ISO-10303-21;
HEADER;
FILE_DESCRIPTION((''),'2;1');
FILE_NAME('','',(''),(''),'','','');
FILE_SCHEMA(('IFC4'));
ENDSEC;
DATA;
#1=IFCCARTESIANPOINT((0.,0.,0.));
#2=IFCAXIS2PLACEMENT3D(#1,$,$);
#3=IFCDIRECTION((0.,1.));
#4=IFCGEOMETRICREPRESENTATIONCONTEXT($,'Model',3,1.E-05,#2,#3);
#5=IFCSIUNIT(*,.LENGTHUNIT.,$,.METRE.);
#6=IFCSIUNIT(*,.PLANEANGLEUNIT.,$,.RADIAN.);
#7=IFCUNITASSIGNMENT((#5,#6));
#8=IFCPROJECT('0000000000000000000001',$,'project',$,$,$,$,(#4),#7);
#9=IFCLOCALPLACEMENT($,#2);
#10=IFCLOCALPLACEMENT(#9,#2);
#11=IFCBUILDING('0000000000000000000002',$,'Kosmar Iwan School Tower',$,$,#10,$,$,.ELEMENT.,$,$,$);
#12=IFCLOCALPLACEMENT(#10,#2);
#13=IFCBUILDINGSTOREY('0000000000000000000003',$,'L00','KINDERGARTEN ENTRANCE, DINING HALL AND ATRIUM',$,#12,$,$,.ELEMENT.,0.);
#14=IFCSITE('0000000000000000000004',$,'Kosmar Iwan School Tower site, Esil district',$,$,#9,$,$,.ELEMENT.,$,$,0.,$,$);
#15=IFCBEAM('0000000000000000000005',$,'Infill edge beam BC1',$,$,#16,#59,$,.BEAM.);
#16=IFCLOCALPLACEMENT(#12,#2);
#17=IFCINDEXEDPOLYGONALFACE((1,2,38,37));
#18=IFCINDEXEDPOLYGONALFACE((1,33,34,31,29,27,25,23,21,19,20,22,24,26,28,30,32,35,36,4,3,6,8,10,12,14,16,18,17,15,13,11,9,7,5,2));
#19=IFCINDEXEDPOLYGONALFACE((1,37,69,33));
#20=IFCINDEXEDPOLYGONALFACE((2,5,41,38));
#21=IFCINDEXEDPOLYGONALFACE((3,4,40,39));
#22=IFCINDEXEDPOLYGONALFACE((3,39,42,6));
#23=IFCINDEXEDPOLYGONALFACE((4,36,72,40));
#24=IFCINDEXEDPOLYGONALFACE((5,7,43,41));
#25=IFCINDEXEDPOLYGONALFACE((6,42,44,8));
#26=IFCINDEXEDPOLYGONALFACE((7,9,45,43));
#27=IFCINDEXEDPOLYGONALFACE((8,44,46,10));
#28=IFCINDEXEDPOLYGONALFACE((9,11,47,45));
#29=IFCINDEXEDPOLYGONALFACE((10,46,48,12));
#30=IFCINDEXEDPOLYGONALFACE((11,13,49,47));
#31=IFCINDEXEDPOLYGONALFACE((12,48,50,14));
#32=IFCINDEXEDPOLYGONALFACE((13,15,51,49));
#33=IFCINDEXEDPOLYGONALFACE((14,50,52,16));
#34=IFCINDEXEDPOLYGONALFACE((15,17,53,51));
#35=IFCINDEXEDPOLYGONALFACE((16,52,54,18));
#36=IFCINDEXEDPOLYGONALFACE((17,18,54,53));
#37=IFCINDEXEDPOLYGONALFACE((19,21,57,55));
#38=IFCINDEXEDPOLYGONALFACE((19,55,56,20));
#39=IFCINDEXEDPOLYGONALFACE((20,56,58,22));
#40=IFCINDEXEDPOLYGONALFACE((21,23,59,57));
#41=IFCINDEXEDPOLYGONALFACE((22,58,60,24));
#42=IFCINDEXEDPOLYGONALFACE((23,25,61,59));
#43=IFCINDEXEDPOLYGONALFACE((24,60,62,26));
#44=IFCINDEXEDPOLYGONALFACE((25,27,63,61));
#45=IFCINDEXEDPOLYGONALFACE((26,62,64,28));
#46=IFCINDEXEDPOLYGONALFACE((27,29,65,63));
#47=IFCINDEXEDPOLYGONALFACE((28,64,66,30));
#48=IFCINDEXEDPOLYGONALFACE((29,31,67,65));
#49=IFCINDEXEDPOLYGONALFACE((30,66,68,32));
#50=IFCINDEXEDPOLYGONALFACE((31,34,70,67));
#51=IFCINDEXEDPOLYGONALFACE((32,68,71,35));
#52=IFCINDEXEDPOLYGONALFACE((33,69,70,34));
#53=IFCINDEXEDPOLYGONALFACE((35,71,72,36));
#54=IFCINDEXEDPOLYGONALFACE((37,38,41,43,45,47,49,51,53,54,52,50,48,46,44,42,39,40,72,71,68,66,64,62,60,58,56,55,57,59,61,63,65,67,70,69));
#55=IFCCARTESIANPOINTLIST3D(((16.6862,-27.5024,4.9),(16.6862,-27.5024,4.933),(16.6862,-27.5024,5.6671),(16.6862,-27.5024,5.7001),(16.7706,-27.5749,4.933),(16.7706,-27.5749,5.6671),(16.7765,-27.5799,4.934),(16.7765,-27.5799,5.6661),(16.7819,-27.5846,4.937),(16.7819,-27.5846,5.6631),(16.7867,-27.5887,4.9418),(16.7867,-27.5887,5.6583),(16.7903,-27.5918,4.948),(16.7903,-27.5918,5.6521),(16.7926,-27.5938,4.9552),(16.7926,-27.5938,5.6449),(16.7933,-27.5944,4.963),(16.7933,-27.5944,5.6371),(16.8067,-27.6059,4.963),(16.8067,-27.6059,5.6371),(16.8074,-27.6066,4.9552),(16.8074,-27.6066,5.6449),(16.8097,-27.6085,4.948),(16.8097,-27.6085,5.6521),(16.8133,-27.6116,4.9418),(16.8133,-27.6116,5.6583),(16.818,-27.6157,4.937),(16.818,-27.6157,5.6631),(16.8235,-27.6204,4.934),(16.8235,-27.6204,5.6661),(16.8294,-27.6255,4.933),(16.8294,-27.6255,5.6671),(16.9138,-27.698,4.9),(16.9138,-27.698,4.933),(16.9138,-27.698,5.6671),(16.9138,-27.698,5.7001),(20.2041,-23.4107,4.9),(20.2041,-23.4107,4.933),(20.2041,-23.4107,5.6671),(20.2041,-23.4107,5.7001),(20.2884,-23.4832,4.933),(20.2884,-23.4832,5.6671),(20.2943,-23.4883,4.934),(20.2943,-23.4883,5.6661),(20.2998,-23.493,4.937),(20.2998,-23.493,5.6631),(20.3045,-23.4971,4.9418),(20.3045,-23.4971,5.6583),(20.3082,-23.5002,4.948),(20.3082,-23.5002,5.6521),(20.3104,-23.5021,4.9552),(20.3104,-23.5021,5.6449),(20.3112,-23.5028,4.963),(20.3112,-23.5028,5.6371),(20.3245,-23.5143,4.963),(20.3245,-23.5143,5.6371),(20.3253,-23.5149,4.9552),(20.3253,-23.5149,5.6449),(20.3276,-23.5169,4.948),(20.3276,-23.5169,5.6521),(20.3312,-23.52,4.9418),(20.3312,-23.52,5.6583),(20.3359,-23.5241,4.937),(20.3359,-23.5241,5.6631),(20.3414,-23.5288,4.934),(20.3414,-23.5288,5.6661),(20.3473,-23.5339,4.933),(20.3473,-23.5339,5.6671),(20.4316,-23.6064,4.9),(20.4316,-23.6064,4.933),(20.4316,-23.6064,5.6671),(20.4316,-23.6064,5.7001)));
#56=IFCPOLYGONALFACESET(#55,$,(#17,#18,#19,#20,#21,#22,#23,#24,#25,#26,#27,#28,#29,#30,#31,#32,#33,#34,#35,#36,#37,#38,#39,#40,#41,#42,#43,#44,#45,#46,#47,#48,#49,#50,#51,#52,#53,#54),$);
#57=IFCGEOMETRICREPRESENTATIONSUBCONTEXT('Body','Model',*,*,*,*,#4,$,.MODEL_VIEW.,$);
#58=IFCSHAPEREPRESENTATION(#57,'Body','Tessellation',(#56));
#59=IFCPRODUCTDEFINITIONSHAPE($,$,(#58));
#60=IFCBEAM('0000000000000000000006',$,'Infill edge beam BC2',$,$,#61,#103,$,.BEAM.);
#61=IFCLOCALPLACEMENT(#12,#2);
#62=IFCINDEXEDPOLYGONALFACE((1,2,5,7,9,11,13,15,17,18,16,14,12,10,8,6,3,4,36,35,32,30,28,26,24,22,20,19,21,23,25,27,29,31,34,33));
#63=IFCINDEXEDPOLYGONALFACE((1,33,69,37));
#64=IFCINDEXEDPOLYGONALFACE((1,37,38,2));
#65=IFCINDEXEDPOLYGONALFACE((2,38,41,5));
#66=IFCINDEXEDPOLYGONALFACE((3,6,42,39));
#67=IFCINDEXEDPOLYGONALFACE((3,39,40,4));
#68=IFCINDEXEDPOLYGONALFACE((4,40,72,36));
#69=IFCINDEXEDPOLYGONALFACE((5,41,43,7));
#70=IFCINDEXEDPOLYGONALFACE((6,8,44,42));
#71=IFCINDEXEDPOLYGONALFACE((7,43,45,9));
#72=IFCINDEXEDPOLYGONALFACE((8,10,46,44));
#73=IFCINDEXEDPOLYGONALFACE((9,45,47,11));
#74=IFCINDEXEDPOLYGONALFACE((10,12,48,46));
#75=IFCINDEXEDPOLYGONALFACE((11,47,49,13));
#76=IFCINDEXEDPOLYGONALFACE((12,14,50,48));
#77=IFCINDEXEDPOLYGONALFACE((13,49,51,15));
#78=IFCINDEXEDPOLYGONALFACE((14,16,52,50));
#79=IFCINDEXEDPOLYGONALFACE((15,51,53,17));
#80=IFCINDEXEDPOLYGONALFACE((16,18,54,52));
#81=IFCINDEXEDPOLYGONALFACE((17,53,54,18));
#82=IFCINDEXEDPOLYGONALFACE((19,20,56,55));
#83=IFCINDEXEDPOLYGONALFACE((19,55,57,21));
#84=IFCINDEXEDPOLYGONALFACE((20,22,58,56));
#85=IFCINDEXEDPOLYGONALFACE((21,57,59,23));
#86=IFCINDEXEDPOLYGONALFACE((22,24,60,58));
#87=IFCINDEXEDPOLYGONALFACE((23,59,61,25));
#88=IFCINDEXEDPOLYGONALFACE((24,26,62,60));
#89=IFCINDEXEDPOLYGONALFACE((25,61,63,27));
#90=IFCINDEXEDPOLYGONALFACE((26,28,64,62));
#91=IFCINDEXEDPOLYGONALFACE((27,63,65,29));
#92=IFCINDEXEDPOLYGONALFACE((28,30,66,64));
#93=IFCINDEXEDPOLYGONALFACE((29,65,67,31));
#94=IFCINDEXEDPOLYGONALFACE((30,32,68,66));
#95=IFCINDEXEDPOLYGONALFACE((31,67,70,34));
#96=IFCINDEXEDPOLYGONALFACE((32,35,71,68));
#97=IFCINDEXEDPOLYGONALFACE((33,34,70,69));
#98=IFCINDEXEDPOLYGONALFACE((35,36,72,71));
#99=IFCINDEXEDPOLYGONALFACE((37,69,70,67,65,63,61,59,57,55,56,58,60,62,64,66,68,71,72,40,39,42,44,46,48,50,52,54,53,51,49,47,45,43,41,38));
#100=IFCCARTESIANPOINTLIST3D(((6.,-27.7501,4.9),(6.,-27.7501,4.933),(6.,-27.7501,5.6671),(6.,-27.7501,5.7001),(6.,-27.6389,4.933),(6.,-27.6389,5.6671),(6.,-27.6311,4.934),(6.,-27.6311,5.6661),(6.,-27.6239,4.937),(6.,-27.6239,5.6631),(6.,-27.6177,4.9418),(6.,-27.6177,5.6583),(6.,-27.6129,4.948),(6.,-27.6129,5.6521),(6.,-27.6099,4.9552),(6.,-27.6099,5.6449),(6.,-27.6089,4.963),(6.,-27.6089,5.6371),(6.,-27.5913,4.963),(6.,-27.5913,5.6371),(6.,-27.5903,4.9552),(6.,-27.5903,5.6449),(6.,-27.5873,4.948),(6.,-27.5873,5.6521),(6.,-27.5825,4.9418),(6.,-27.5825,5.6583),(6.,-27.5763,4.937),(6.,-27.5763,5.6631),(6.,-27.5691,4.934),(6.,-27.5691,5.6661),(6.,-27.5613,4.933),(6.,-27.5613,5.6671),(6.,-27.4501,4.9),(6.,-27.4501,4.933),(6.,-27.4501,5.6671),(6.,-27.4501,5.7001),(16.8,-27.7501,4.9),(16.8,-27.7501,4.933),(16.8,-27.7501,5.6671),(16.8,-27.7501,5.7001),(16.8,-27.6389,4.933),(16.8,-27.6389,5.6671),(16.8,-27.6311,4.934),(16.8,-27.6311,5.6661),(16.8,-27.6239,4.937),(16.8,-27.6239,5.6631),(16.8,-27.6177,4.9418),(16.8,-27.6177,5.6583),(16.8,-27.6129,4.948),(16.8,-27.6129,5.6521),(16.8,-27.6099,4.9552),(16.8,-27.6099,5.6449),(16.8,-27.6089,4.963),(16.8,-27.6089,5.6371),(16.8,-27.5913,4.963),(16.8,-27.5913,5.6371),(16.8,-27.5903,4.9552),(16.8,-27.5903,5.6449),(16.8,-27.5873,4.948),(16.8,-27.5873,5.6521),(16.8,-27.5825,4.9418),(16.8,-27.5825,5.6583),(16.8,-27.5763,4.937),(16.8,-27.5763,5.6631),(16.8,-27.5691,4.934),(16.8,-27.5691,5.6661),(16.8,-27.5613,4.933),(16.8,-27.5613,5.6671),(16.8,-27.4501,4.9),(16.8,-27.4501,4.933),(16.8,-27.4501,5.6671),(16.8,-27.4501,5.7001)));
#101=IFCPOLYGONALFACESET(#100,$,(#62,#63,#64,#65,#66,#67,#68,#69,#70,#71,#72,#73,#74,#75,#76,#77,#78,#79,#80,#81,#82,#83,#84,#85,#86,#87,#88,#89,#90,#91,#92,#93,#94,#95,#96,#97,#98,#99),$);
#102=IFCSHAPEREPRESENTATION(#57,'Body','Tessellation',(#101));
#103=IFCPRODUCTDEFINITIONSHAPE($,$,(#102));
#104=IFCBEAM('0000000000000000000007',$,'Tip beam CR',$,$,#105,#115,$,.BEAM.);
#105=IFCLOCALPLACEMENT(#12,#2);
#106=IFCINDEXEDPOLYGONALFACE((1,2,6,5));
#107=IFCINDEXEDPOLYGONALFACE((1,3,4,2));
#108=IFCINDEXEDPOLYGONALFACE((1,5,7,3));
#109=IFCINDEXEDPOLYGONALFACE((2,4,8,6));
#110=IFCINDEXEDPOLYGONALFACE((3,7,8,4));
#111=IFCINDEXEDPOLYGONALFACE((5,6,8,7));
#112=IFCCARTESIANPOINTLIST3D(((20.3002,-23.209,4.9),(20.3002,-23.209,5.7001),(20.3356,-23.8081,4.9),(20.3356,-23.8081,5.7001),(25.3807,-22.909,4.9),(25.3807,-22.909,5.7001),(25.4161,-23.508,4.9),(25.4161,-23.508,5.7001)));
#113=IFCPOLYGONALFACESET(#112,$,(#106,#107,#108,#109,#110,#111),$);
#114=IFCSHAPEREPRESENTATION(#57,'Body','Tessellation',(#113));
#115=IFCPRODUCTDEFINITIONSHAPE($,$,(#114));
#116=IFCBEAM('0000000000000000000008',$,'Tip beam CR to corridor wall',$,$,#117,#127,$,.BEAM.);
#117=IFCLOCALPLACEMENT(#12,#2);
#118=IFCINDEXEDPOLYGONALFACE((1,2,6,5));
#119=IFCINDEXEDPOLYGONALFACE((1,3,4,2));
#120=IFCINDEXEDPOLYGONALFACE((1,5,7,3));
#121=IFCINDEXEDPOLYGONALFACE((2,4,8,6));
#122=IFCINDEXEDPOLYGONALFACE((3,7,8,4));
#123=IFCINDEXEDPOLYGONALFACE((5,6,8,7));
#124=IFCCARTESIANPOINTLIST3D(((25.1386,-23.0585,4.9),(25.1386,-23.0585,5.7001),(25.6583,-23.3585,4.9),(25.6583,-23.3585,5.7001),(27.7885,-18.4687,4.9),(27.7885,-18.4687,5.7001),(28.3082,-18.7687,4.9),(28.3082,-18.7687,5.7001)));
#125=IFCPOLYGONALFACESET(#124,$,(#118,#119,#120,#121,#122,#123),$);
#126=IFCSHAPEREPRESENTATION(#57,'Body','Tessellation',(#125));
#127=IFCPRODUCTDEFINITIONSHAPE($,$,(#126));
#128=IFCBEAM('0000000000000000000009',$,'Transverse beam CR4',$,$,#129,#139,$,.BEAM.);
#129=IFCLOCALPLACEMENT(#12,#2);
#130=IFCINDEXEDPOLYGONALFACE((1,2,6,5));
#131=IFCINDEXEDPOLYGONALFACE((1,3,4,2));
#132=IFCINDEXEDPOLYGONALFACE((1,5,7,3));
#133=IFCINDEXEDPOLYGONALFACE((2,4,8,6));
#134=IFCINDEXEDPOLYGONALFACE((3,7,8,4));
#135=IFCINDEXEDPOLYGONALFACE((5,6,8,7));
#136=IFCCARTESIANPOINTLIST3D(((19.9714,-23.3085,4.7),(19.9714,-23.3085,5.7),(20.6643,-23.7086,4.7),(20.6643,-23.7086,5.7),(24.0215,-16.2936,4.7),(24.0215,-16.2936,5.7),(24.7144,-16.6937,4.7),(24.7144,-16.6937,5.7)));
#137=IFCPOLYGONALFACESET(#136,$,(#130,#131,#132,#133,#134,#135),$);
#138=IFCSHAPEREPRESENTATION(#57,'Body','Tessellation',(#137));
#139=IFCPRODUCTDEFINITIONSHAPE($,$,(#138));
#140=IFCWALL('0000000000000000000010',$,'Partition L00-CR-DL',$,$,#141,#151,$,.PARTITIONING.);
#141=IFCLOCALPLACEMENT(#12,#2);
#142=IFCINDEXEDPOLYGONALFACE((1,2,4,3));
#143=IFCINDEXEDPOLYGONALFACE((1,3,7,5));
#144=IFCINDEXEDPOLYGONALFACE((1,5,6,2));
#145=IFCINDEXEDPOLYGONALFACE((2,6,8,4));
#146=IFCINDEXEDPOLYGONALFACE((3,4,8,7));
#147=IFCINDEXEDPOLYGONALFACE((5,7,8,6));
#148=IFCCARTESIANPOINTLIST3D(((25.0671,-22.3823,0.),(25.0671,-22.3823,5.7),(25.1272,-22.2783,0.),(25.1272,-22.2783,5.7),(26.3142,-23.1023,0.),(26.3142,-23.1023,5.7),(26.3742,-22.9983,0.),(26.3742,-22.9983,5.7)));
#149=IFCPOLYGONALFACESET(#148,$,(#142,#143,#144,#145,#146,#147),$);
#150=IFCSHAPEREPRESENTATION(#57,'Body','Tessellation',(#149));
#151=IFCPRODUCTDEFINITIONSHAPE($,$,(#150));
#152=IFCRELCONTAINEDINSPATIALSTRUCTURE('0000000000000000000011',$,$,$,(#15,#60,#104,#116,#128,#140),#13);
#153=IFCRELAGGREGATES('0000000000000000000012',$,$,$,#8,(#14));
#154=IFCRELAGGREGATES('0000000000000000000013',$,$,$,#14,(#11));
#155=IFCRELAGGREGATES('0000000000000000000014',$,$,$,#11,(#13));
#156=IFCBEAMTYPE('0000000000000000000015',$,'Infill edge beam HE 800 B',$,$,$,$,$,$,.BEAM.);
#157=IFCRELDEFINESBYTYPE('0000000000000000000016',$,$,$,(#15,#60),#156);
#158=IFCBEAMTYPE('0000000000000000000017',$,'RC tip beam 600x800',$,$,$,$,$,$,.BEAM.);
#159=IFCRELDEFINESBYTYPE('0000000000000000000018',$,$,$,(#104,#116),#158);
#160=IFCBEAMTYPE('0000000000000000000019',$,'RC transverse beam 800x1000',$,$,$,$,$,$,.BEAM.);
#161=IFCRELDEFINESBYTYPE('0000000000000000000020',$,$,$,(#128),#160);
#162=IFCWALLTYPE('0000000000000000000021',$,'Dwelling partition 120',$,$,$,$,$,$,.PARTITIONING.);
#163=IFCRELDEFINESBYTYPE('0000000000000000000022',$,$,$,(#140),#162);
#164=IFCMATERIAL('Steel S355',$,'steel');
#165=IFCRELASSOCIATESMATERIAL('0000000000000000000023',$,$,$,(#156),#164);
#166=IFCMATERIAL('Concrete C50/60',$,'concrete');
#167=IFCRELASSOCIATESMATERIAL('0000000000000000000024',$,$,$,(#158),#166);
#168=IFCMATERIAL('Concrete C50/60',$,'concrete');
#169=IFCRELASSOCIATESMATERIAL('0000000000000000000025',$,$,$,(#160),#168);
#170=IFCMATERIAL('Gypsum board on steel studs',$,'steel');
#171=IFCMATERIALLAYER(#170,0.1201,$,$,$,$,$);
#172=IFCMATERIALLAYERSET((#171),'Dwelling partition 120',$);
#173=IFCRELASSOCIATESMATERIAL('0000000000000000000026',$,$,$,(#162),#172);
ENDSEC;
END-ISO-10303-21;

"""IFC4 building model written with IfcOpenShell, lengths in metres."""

from ifc_helpers import new_model, si_unit, direction, frame, frame_2d, origin, origin_2d, place, context, subcontext, project, spatial, rectangle, i_section, extrude, material, layer, layer_set, material_profile, profile_set, type_object, element, save


model = new_model("IFC4")

# Units and contexts
model_context = context("Model", 3, precision=1e-05, world=origin(), true_north=direction((0.0, 1.0)))
body_context = subcontext(model_context, "Body", "Model", "MODEL_VIEW")
ifc_project = project(units=[si_unit("LENGTHUNIT", "METRE"), si_unit("PLANEANGLEUNIT", "RADIAN")], contexts=[model_context])

# Site, building, storey
site_placement = place(None, origin())
site = spatial("IfcSite", under=ifc_project, at=site_placement, Name="Kosmar Iwan School Tower site, Esil district", CompositionType="ELEMENT", RefElevation=0.0)
building_placement = place(site_placement, origin())
building = spatial("IfcBuilding", under=site, at=building_placement, Name="Kosmar Iwan School Tower", CompositionType="ELEMENT")
storey_placement = place(building_placement, origin())
storey = spatial("IfcBuildingStorey", under=building, at=storey_placement, Name="L00", Description="KINDERGARTEN ENTRANCE, DINING HALL AND ATRIUM", CompositionType="ELEMENT", Elevation=0.0)

# Beams
ifc_material_1 = material(Name="Steel S355", Category="steel")
ifc_material_profile_1 = material_profile(ifc_material_1, i_section(OverallWidth=0.3, OverallDepth=0.8, WebThickness=0.0176, FlangeThickness=0.033, FilletRadius=0.03, at=origin_2d()), Name="HE 800 B")
ifc_profile_set_1 = profile_set([ifc_material_profile_1], Name="Steel S355")
beam_type_1 = type_object("IfcBeamType", Name="Infill edge beam HE 800 B", PredefinedType="BEAM", material=ifc_profile_set_1)
beam_1_placement = place(storey_placement, frame((20.3179, -23.5085, 5.3), z_axis=(-0.651942, -0.758269, 0.0), x_axis=(0.758269, -0.651942, 0.0)))
element("IfcBeam", 1, at=beam_1_placement, inside=storey, type_object=beam_type_1, Name="Infill edge beam BC1", PredefinedType="BEAM", context=body_context, shape_type="SweptSolid", body=[
    extrude(i_section(OverallWidth=0.3, OverallDepth=0.8, WebThickness=0.0176, FlangeThickness=0.033, FilletRadius=0.03, at=origin_2d()), origin(), (0.0, 0.0, 1.0), 5.396),
])
beam_2_placement = place(storey_placement, frame((16.8, -27.6001, 5.3), z_axis=(-1.0, 0.0, 0.0), x_axis=(0.0, -1.0, 0.0)))
element("IfcBeam", 2, at=beam_2_placement, inside=storey, type_object=beam_type_1, Name="Infill edge beam BC2", PredefinedType="BEAM", context=body_context, shape_type="SweptSolid", body=[
    extrude(i_section(OverallWidth=0.3, OverallDepth=0.8, WebThickness=0.0176, FlangeThickness=0.033, FilletRadius=0.03, at=origin_2d()), origin(), (0.0, 0.0, 1.0), 10.8),
])
ifc_material_2 = material(Name="Concrete C50/60", Category="concrete")
ifc_material_profile_2 = material_profile(ifc_material_2, rectangle(XDim=0.6001, YDim=0.8, at=origin_2d()), Name="RC 600x800")
ifc_profile_set_2 = profile_set([ifc_material_profile_2], Name="Concrete C50/60")
beam_type_2 = type_object("IfcBeamType", Name="RC tip beam 600x800", PredefinedType="BEAM", material=ifc_profile_set_2)
beam_3_placement = place(storey_placement, frame((20.3179, -23.5085, 5.3), z_axis=(0.998261, 0.058955, 0.0), x_axis=(-0.058955, 0.998261, 0.0)))
element("IfcBeam", 3, at=beam_3_placement, inside=storey, type_object=beam_type_2, Name="Tip beam CR", PredefinedType="BEAM", context=body_context, shape_type="SweptSolid", body=[
    extrude(rectangle(XDim=0.6001, YDim=0.8, at=origin_2d()), origin(), (0.0, 0.0, 1.0), 5.0894),
])
beam_4_placement = place(storey_placement, frame((25.3984, -23.2085, 5.3), z_axis=(0.499994, 0.866029, 0.0), x_axis=(-0.866029, 0.499994, 0.0)))
element("IfcBeam", 4, at=beam_4_placement, inside=storey, type_object=beam_type_2, Name="Tip beam CR to corridor wall", PredefinedType="BEAM", context=body_context, shape_type="SweptSolid", body=[
    extrude(rectangle(XDim=0.6001, YDim=0.8, at=origin_2d()), origin(), (0.0, 0.0, 1.0), 5.2998),
])
ifc_material_3 = material(Name="Concrete C50/60", Category="concrete")
ifc_material_profile_3 = material_profile(ifc_material_3, rectangle(XDim=0.8, YDim=1.0, at=origin_2d()), Name="RC 800x1000")
ifc_profile_set_3 = profile_set([ifc_material_profile_3], Name="Concrete C50/60")
beam_type_3 = type_object("IfcBeamType", Name="RC transverse beam 800x1000", PredefinedType="BEAM", material=ifc_profile_set_3)
beam_5_placement = place(storey_placement, frame((20.3179, -23.5085, 5.2), z_axis=(0.5, 0.866025, 0.0), x_axis=(-0.866025, 0.5, 0.0)))
element("IfcBeam", 5, at=beam_5_placement, inside=storey, type_object=beam_type_3, Name="Transverse beam CR4", PredefinedType="BEAM", context=body_context, shape_type="SweptSolid", body=[
    extrude(rectangle(XDim=0.8, YDim=1.0, at=origin_2d()), origin(), (0.0, 0.0, 1.0), 8.1001),
])

# Wall
ifc_material_4 = material(Name="Gypsum board on steel studs", Category="steel")
ifc_layer_1 = layer(ifc_material_4, 0.1201)
ifc_layer_set_1 = layer_set([ifc_layer_1], Name="Dwelling partition 120")
wall_type_1 = type_object("IfcWallType", Name="Dwelling partition 120", PredefinedType="PARTITIONING", material=ifc_layer_set_1)
wall_1_placement = place(storey_placement, frame((25.0972, -22.3303, 0.0), z_axis=(0.0, 0.0, 1.0), x_axis=(0.866033, -0.499987, 0.0)))
element("IfcWall", 6, at=wall_1_placement, inside=storey, type_object=wall_type_1, Name="Partition L00-CR-DL", PredefinedType="PARTITIONING", context=body_context, shape_type="SweptSolid", body=[
    extrude(rectangle(XDim=1.4399, YDim=0.1201, at=frame_2d((0.72, 0.0))), origin(), (0.0, 0.0, 1.0), 5.7),
])

save(model, "model.ifc")
